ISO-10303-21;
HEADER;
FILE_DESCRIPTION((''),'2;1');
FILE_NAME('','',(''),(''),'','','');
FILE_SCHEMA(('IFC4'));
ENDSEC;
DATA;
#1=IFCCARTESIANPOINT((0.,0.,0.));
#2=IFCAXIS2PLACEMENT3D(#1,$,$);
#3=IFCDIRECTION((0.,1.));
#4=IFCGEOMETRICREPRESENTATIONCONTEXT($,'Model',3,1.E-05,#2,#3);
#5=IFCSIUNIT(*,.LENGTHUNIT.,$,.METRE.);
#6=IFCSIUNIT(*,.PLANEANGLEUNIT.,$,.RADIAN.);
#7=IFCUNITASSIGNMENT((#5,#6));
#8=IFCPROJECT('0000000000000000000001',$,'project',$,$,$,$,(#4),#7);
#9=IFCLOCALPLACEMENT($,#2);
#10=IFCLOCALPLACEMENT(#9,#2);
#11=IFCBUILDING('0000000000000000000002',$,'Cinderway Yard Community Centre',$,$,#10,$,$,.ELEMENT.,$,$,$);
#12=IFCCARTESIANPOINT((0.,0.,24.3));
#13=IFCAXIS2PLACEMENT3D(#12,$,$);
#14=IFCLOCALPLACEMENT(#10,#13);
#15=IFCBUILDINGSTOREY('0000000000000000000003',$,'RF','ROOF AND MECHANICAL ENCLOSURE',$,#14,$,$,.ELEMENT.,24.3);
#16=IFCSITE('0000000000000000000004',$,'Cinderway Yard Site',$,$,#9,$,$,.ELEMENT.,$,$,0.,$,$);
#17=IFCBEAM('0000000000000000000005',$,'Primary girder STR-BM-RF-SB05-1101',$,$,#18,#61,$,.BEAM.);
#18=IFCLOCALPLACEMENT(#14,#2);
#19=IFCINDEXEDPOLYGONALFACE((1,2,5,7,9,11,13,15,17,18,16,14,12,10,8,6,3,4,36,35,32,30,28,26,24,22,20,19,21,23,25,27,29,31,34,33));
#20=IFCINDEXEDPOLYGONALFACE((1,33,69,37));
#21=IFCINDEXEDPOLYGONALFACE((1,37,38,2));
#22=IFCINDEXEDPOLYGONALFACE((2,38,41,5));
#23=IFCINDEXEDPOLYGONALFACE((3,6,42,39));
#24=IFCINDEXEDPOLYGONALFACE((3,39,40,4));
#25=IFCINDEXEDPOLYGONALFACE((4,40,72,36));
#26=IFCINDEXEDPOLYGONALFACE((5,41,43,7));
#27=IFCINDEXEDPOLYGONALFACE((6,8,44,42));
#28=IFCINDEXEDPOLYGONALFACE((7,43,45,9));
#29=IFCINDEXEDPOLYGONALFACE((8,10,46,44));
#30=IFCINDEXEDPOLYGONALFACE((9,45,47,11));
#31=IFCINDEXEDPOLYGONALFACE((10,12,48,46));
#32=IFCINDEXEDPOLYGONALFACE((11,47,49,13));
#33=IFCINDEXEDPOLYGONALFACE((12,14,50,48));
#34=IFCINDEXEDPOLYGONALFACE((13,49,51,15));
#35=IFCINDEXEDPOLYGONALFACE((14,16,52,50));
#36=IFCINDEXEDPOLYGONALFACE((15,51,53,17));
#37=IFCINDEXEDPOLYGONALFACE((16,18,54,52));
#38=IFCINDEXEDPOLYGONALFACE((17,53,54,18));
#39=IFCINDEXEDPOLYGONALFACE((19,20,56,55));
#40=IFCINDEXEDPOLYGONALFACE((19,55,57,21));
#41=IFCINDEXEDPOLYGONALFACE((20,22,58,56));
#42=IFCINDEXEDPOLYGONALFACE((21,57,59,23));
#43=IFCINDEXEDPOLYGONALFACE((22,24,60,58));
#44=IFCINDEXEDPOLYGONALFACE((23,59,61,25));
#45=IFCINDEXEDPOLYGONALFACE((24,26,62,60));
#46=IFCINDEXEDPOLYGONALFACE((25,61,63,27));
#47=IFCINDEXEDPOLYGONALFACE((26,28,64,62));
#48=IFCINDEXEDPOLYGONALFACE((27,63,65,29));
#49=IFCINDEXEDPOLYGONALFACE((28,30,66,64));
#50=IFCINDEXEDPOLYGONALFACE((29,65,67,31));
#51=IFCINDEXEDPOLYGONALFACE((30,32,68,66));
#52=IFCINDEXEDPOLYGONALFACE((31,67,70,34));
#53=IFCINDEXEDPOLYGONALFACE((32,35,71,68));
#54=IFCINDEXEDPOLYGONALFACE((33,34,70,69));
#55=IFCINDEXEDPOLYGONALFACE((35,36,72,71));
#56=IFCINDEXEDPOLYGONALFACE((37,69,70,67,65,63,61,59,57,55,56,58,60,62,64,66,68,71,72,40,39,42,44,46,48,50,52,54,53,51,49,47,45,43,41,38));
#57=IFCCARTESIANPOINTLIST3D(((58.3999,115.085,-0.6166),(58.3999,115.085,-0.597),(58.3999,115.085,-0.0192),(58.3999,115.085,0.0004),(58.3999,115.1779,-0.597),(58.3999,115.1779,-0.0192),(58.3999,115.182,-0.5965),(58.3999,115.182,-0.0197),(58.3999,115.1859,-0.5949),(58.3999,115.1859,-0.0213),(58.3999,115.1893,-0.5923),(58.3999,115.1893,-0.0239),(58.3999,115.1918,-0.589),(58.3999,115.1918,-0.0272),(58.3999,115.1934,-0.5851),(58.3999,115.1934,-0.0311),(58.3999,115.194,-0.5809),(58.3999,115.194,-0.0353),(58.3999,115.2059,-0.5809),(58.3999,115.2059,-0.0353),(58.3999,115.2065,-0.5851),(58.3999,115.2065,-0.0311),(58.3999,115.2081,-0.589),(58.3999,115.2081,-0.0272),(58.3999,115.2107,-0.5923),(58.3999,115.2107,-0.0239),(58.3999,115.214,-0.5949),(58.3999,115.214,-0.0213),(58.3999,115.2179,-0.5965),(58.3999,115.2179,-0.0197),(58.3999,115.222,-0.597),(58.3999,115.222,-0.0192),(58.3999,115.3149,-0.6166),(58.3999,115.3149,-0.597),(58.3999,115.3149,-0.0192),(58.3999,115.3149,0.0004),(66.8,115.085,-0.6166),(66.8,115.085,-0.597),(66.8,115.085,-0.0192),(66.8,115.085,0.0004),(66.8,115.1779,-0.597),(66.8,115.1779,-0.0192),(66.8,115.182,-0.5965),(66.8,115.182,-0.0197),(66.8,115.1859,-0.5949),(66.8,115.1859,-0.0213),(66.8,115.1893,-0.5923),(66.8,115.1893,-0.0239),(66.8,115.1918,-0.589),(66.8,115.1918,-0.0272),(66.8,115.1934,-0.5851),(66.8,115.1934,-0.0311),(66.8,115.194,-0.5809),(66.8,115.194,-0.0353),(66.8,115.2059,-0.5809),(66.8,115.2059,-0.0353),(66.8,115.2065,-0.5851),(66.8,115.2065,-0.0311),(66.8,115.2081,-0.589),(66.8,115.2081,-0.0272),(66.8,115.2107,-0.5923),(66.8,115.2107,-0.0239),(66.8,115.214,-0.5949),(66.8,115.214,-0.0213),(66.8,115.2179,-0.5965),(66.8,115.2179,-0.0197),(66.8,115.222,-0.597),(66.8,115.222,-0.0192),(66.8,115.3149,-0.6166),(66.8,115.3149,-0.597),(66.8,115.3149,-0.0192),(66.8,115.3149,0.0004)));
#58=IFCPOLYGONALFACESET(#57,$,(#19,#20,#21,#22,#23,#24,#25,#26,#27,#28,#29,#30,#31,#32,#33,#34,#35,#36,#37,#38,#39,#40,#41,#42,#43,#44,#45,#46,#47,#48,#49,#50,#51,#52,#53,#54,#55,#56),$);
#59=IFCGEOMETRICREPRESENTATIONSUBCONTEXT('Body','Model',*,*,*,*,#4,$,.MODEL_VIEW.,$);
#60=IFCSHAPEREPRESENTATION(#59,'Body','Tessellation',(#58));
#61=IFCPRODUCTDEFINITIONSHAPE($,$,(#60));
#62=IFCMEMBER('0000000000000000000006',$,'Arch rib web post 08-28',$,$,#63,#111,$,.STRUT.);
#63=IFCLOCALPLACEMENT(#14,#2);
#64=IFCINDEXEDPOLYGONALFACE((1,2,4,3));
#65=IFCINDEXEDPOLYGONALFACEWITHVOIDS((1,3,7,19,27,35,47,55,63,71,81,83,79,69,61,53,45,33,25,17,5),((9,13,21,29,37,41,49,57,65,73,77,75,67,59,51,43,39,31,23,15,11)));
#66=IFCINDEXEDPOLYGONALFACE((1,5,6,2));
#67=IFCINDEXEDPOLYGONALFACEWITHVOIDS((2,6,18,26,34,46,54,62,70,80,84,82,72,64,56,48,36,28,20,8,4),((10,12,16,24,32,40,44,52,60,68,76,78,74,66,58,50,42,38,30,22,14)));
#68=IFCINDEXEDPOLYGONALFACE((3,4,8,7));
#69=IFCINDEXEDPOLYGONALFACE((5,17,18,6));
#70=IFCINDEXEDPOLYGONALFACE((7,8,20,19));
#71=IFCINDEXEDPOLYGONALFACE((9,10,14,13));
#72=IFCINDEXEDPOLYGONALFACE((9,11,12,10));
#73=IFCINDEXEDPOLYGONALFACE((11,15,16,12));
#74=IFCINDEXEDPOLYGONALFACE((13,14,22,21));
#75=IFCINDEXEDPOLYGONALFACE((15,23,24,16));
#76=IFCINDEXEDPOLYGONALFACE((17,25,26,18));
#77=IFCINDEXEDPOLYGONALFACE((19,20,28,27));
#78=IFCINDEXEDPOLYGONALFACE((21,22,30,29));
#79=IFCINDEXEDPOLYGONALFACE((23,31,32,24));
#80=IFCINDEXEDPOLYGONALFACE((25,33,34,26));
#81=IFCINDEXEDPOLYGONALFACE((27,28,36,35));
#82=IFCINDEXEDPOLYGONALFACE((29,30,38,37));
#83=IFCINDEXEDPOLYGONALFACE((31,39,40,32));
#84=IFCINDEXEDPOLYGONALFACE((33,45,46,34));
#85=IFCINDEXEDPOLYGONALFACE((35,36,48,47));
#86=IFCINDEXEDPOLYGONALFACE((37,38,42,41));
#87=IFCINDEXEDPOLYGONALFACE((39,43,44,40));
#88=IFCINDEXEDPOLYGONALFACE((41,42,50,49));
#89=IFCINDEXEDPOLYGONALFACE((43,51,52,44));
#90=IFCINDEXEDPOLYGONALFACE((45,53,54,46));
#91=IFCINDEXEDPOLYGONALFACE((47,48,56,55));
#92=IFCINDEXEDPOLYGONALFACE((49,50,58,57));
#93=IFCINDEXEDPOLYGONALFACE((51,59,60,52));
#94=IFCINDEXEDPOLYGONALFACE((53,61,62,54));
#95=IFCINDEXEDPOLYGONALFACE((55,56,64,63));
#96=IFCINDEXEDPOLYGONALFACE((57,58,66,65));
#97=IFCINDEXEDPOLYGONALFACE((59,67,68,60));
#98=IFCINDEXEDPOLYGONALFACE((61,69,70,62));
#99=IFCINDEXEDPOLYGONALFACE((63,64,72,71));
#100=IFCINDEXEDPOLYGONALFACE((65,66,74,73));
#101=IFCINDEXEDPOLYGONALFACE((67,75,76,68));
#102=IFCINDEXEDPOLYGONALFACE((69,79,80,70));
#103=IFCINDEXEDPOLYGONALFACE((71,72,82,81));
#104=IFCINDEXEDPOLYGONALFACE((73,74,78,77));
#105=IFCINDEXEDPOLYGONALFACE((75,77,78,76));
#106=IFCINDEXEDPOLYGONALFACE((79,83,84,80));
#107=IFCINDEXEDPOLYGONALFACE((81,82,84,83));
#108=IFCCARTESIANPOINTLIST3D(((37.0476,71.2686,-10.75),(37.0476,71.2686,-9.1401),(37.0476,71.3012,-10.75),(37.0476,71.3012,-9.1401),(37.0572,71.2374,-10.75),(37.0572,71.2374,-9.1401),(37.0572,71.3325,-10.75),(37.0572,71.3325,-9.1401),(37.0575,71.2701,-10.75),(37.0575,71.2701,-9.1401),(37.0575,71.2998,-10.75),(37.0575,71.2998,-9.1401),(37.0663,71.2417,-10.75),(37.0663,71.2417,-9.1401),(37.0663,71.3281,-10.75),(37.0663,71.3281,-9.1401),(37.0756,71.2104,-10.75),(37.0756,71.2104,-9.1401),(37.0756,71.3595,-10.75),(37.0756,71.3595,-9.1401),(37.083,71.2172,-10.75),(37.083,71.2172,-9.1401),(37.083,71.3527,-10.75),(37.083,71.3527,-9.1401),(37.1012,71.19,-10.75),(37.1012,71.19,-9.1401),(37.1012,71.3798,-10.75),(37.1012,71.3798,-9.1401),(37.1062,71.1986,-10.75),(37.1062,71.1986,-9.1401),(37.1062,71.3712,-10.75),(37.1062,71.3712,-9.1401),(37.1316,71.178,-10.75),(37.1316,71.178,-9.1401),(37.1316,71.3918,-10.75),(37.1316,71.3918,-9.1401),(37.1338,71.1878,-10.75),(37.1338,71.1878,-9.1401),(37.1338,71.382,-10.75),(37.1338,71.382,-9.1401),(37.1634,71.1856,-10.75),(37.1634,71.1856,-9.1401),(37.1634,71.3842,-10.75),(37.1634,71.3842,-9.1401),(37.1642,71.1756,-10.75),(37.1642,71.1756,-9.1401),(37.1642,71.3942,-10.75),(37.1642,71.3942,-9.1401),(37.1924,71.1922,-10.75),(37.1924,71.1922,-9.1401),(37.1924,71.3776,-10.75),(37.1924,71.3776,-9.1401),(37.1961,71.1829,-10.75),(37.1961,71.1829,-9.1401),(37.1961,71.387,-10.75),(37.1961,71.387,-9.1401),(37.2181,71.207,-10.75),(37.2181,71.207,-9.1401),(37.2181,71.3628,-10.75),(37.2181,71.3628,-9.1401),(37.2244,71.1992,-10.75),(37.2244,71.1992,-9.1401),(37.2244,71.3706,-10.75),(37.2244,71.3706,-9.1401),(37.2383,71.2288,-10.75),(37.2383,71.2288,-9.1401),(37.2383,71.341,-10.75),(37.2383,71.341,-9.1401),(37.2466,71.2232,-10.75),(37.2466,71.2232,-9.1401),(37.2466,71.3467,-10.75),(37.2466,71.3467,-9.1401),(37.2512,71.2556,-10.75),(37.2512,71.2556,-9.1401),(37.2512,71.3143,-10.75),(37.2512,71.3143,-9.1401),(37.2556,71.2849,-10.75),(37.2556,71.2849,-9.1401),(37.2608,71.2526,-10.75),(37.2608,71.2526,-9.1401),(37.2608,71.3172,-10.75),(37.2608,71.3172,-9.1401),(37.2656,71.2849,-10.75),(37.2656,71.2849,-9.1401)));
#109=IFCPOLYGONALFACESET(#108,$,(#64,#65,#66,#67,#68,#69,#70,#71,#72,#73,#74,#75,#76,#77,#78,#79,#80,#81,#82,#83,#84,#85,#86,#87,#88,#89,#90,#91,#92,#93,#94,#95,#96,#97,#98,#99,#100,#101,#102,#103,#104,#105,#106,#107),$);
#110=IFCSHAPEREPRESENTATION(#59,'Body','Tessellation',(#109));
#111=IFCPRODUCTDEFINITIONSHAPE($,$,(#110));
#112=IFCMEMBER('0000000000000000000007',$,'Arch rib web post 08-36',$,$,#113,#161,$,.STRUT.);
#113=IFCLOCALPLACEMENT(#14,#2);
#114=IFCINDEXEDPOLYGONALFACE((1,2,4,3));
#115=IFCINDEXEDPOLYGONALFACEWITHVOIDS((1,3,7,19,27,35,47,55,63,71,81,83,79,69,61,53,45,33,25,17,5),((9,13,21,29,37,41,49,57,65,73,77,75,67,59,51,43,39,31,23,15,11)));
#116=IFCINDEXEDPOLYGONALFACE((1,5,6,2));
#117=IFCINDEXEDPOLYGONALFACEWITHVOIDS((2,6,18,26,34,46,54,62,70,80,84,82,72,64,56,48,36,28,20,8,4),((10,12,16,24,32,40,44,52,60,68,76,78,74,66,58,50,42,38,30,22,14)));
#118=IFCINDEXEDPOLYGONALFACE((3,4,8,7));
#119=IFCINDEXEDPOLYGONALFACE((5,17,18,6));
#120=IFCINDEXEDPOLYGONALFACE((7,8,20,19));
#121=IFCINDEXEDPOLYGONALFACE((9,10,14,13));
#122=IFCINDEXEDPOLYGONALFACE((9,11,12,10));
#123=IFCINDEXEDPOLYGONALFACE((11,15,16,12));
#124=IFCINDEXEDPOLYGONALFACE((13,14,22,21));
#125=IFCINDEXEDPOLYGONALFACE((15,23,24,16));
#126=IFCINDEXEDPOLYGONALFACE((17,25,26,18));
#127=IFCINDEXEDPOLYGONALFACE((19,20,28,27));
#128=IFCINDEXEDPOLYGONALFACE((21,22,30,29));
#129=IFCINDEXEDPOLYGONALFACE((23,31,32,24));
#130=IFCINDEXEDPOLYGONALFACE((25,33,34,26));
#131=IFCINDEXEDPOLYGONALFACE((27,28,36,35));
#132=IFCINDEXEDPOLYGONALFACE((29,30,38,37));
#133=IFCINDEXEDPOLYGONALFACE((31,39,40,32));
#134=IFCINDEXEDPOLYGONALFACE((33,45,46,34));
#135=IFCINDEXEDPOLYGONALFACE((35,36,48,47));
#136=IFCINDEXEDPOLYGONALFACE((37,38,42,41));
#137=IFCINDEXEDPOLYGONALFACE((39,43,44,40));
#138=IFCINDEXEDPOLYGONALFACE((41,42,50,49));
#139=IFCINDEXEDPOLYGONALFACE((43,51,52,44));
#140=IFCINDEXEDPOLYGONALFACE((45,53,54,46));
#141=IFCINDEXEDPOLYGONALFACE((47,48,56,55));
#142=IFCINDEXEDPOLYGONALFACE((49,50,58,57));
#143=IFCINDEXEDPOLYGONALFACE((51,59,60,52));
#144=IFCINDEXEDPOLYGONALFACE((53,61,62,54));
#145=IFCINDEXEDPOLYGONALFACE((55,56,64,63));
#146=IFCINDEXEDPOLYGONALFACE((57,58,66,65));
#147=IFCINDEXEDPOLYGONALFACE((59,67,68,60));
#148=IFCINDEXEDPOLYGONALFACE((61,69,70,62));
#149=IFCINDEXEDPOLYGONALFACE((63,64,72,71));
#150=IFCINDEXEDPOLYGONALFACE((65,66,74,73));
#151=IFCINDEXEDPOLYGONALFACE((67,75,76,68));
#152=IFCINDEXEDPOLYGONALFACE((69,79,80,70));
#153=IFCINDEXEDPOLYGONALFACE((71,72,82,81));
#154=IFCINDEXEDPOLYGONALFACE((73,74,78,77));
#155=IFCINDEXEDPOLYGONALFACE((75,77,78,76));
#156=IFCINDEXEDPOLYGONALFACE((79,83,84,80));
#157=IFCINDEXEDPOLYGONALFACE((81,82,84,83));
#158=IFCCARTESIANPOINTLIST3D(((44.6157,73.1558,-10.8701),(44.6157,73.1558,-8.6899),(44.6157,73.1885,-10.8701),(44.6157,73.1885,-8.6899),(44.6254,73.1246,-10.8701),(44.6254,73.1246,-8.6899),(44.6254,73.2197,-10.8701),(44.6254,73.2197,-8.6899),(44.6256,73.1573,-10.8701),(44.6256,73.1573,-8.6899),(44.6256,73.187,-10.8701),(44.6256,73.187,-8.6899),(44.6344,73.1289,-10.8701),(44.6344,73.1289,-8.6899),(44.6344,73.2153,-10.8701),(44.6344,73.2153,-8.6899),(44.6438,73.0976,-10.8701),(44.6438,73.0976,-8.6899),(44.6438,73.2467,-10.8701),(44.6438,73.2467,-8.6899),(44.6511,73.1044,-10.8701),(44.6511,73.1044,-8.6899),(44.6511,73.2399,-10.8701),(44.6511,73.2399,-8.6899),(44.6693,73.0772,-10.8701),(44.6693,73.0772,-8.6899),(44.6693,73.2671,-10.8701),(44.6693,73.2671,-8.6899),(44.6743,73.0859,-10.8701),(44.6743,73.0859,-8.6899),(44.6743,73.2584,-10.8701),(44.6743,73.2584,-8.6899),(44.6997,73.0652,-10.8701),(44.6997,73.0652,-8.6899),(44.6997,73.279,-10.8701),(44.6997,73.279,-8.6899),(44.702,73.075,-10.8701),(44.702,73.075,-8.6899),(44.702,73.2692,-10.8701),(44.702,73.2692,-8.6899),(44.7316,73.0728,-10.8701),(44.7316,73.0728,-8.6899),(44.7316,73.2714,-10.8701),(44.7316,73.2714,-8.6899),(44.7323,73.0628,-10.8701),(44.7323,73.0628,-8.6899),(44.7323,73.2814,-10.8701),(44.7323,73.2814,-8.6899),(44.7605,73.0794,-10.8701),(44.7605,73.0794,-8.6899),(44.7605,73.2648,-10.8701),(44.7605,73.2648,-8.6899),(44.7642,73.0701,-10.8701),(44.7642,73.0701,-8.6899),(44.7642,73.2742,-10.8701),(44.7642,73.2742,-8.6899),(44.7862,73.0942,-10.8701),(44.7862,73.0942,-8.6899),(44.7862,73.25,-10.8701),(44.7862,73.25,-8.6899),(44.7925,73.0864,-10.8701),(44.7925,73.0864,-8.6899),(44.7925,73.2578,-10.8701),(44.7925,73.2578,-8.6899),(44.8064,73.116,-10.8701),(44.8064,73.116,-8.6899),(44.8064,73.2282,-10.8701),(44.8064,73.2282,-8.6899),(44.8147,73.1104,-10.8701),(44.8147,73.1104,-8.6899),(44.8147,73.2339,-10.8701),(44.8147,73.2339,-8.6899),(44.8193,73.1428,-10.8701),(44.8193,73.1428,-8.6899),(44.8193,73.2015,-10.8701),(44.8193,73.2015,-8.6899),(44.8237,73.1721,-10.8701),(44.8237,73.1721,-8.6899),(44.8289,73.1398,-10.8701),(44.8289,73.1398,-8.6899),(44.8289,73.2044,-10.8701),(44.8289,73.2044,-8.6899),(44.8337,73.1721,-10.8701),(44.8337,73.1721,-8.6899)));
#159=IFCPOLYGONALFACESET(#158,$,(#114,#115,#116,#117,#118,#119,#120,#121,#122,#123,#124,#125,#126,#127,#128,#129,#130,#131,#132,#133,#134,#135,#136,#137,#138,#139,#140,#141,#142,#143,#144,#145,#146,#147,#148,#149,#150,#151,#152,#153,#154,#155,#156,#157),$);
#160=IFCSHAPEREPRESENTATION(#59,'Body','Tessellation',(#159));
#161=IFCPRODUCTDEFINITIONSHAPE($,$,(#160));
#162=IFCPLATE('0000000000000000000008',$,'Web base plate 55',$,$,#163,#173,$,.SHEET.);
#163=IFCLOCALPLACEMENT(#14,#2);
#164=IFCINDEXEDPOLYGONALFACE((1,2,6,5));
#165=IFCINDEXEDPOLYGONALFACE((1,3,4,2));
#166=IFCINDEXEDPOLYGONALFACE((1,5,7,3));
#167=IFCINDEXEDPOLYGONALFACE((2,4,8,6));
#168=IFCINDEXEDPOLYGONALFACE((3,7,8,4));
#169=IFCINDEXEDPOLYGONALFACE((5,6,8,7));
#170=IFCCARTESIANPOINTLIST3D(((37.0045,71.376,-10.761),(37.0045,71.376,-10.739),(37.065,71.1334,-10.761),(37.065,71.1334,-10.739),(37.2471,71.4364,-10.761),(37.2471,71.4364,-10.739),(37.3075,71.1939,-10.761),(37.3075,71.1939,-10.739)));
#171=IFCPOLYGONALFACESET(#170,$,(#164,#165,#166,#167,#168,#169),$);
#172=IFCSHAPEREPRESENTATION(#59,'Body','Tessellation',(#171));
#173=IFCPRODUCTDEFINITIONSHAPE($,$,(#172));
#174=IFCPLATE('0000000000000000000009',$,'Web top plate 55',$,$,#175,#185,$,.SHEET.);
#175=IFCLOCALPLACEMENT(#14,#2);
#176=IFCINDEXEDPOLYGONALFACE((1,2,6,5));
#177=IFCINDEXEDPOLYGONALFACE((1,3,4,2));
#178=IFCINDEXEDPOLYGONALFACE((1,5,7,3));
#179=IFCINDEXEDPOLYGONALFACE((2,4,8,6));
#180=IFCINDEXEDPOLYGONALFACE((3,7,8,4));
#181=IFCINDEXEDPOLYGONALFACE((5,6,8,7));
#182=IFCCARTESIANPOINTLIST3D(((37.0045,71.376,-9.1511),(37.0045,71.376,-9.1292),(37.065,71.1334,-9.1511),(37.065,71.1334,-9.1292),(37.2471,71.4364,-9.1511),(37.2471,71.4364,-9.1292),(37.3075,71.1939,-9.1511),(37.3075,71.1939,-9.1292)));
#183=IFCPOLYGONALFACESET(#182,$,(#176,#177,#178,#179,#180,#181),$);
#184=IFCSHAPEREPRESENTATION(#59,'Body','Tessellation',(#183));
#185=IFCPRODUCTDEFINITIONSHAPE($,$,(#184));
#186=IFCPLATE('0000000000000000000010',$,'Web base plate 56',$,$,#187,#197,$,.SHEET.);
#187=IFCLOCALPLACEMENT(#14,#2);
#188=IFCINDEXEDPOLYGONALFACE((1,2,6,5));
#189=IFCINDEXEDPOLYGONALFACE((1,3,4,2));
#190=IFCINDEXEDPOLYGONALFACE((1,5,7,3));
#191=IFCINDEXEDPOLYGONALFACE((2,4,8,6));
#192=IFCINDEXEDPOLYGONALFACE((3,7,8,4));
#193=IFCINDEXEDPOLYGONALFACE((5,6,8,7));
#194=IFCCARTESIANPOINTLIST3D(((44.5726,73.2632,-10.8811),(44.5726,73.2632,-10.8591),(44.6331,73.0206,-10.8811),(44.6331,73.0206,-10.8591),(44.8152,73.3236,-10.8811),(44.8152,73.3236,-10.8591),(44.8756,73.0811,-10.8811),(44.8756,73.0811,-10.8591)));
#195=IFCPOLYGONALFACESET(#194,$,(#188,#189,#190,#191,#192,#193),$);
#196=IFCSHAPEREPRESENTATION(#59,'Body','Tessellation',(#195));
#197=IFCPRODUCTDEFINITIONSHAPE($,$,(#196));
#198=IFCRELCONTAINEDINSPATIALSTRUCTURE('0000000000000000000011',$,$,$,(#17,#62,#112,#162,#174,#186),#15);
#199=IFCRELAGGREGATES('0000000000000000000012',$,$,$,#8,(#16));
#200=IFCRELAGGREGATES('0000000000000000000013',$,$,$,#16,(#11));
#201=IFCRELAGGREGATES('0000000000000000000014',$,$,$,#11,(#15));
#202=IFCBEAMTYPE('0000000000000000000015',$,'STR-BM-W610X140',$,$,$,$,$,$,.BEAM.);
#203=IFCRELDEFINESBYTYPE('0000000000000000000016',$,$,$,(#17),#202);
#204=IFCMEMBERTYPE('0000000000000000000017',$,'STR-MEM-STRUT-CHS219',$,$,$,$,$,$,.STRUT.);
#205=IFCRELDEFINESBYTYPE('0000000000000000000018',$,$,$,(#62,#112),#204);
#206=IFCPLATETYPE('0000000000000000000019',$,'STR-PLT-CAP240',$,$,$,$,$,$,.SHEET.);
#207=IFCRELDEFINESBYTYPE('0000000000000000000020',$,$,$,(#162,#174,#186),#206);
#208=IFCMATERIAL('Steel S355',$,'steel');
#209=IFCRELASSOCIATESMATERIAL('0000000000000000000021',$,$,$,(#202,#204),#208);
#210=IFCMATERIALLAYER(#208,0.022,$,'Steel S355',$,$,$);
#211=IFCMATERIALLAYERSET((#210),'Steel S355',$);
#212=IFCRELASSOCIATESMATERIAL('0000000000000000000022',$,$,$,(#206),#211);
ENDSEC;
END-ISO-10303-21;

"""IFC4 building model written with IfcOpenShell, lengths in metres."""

from ifc_helpers import new_model, si_unit, direction, frame, origin, origin_2d, place, context, subcontext, project, spatial, rectangle, hollow_circle, i_section, extrude, material, layer, layer_set, material_profile, profile_set, type_object, element, save


model = new_model("IFC4")

# Units and contexts
model_context = context("Model", 3, precision=1e-05, world=origin(), true_north=direction((0.0, 1.0)))
body_context = subcontext(model_context, "Body", "Model", "MODEL_VIEW")
ifc_project = project(units=[si_unit("LENGTHUNIT", "METRE"), si_unit("PLANEANGLEUNIT", "RADIAN")], contexts=[model_context])

# Site, building, storey
site_placement = place(None, origin())
site = spatial("IfcSite", under=ifc_project, at=site_placement, Name="Cinderway Yard Site", CompositionType="ELEMENT", RefElevation=0.0)
building_placement = place(site_placement, origin())
building = spatial("IfcBuilding", under=site, at=building_placement, Name="Cinderway Yard Community Centre", CompositionType="ELEMENT")
storey_placement = place(building_placement, frame((0.0, 0.0, 24.3)))
storey = spatial("IfcBuildingStorey", under=building, at=storey_placement, Name="RF", Description="ROOF AND MECHANICAL ENCLOSURE", CompositionType="ELEMENT", Elevation=24.3)

# Shared definitions
ifc_material_1 = material(Name="Steel S355", Category="steel")

# Beam
ifc_material_profile_1 = material_profile(ifc_material_1, i_section(OverallWidth=0.23, OverallDepth=0.6169, WebThickness=0.012, FlangeThickness=0.0195, FilletRadius=0.0161, at=origin_2d()), Name="Steel S355")
ifc_profile_set_1 = profile_set([ifc_material_profile_1], Name="Steel S355")
beam_type_1 = type_object("IfcBeamType", Name="STR-BM-W610X140", PredefinedType="BEAM", material=ifc_profile_set_1)
for number, where, z_axis, x_axis, name in (
    (1, (58.3999, 115.2, -0.3081), (1.0, 0.0, 0.0), (0.0, 1.0, 0.0), "Primary girder STR-BM-RF-SB05-1101"),
):
    element("IfcBeam", number, at=place(storey_placement, frame(where, z_axis=z_axis, x_axis=x_axis)), inside=storey, type_object=beam_type_1, Name=name, PredefinedType="BEAM", context=body_context, shape_type="SweptSolid", body=[
        extrude(i_section(OverallWidth=0.23, OverallDepth=0.6169, WebThickness=0.012, FlangeThickness=0.0195, FilletRadius=0.0161, at=origin_2d()), origin(), (0.0, 0.0, 1.0), 8.4001),
    ])

# Members
ifc_material_profile_2 = material_profile(ifc_material_1, hollow_circle(Radius=0.1096, WallThickness=0.01, at=origin_2d()), Name="Steel S355")
ifc_profile_set_2 = profile_set([ifc_material_profile_2], Name="Steel S355")
member_type_1 = type_object("IfcMemberType", Name="STR-MEM-STRUT-CHS219", PredefinedType="STRUT", material=ifc_profile_set_2)
member_1_placement = place(storey_placement, frame((37.156, 71.2849, -10.75), z_axis=(0.0, 0.0, 1.0), x_axis=(1.0, 0.0, 0.0)))
element("IfcMember", 2, at=member_1_placement, inside=storey, type_object=member_type_1, Name="Arch rib web post 08-28", PredefinedType="STRUT", context=body_context, shape_type="SweptSolid", body=[
    extrude(hollow_circle(Radius=0.1096, WallThickness=0.01, at=origin_2d()), origin(), (0.0, 0.0, 1.0), 1.6099),
])
member_2_placement = place(storey_placement, frame((44.7241, 73.1721, -10.8701), z_axis=(0.0, 0.0, 1.0), x_axis=(1.0, 0.0, 0.0)))
element("IfcMember", 3, at=member_2_placement, inside=storey, type_object=member_type_1, Name="Arch rib web post 08-36", PredefinedType="STRUT", context=body_context, shape_type="SweptSolid", body=[
    extrude(hollow_circle(Radius=0.1096, WallThickness=0.01, at=origin_2d()), origin(), (0.0, 0.0, 1.0), 2.1802),
])

# Plates
ifc_layer_1 = layer(ifc_material_1, 0.022, Name="Steel S355")
ifc_layer_set_1 = layer_set([ifc_layer_1], Name="Steel S355")
plate_type_1 = type_object("IfcPlateType", Name="STR-PLT-CAP240", PredefinedType="SHEET", material=ifc_layer_set_1)
for number, where, z_axis, x_axis, name in (
    (4, (37.156, 71.2849, -10.761), (0.0, 0.0, 1.0), (0.970296, 0.241922, 0.0), "Web base plate 55"),
    (5, (37.156, 71.2849, -9.1511), (0.0, 0.0, 1.0), (0.970296, 0.241922, 0.0), "Web top plate 55"),
    (6, (44.7241, 73.1721, -10.8811), (0.0, 0.0, 1.0), (0.970296, 0.241922, 0.0), "Web base plate 56"),
):
    element("IfcPlate", number, at=place(storey_placement, frame(where, z_axis=z_axis, x_axis=x_axis)), inside=storey, type_object=plate_type_1, Name=name, PredefinedType="SHEET", context=body_context, shape_type="SweptSolid", body=[
        extrude(rectangle(XDim=0.25, YDim=0.25, at=origin_2d()), origin(), (0.0, 0.0, 1.0), 0.022),
    ])

save(model, "model.ifc")
